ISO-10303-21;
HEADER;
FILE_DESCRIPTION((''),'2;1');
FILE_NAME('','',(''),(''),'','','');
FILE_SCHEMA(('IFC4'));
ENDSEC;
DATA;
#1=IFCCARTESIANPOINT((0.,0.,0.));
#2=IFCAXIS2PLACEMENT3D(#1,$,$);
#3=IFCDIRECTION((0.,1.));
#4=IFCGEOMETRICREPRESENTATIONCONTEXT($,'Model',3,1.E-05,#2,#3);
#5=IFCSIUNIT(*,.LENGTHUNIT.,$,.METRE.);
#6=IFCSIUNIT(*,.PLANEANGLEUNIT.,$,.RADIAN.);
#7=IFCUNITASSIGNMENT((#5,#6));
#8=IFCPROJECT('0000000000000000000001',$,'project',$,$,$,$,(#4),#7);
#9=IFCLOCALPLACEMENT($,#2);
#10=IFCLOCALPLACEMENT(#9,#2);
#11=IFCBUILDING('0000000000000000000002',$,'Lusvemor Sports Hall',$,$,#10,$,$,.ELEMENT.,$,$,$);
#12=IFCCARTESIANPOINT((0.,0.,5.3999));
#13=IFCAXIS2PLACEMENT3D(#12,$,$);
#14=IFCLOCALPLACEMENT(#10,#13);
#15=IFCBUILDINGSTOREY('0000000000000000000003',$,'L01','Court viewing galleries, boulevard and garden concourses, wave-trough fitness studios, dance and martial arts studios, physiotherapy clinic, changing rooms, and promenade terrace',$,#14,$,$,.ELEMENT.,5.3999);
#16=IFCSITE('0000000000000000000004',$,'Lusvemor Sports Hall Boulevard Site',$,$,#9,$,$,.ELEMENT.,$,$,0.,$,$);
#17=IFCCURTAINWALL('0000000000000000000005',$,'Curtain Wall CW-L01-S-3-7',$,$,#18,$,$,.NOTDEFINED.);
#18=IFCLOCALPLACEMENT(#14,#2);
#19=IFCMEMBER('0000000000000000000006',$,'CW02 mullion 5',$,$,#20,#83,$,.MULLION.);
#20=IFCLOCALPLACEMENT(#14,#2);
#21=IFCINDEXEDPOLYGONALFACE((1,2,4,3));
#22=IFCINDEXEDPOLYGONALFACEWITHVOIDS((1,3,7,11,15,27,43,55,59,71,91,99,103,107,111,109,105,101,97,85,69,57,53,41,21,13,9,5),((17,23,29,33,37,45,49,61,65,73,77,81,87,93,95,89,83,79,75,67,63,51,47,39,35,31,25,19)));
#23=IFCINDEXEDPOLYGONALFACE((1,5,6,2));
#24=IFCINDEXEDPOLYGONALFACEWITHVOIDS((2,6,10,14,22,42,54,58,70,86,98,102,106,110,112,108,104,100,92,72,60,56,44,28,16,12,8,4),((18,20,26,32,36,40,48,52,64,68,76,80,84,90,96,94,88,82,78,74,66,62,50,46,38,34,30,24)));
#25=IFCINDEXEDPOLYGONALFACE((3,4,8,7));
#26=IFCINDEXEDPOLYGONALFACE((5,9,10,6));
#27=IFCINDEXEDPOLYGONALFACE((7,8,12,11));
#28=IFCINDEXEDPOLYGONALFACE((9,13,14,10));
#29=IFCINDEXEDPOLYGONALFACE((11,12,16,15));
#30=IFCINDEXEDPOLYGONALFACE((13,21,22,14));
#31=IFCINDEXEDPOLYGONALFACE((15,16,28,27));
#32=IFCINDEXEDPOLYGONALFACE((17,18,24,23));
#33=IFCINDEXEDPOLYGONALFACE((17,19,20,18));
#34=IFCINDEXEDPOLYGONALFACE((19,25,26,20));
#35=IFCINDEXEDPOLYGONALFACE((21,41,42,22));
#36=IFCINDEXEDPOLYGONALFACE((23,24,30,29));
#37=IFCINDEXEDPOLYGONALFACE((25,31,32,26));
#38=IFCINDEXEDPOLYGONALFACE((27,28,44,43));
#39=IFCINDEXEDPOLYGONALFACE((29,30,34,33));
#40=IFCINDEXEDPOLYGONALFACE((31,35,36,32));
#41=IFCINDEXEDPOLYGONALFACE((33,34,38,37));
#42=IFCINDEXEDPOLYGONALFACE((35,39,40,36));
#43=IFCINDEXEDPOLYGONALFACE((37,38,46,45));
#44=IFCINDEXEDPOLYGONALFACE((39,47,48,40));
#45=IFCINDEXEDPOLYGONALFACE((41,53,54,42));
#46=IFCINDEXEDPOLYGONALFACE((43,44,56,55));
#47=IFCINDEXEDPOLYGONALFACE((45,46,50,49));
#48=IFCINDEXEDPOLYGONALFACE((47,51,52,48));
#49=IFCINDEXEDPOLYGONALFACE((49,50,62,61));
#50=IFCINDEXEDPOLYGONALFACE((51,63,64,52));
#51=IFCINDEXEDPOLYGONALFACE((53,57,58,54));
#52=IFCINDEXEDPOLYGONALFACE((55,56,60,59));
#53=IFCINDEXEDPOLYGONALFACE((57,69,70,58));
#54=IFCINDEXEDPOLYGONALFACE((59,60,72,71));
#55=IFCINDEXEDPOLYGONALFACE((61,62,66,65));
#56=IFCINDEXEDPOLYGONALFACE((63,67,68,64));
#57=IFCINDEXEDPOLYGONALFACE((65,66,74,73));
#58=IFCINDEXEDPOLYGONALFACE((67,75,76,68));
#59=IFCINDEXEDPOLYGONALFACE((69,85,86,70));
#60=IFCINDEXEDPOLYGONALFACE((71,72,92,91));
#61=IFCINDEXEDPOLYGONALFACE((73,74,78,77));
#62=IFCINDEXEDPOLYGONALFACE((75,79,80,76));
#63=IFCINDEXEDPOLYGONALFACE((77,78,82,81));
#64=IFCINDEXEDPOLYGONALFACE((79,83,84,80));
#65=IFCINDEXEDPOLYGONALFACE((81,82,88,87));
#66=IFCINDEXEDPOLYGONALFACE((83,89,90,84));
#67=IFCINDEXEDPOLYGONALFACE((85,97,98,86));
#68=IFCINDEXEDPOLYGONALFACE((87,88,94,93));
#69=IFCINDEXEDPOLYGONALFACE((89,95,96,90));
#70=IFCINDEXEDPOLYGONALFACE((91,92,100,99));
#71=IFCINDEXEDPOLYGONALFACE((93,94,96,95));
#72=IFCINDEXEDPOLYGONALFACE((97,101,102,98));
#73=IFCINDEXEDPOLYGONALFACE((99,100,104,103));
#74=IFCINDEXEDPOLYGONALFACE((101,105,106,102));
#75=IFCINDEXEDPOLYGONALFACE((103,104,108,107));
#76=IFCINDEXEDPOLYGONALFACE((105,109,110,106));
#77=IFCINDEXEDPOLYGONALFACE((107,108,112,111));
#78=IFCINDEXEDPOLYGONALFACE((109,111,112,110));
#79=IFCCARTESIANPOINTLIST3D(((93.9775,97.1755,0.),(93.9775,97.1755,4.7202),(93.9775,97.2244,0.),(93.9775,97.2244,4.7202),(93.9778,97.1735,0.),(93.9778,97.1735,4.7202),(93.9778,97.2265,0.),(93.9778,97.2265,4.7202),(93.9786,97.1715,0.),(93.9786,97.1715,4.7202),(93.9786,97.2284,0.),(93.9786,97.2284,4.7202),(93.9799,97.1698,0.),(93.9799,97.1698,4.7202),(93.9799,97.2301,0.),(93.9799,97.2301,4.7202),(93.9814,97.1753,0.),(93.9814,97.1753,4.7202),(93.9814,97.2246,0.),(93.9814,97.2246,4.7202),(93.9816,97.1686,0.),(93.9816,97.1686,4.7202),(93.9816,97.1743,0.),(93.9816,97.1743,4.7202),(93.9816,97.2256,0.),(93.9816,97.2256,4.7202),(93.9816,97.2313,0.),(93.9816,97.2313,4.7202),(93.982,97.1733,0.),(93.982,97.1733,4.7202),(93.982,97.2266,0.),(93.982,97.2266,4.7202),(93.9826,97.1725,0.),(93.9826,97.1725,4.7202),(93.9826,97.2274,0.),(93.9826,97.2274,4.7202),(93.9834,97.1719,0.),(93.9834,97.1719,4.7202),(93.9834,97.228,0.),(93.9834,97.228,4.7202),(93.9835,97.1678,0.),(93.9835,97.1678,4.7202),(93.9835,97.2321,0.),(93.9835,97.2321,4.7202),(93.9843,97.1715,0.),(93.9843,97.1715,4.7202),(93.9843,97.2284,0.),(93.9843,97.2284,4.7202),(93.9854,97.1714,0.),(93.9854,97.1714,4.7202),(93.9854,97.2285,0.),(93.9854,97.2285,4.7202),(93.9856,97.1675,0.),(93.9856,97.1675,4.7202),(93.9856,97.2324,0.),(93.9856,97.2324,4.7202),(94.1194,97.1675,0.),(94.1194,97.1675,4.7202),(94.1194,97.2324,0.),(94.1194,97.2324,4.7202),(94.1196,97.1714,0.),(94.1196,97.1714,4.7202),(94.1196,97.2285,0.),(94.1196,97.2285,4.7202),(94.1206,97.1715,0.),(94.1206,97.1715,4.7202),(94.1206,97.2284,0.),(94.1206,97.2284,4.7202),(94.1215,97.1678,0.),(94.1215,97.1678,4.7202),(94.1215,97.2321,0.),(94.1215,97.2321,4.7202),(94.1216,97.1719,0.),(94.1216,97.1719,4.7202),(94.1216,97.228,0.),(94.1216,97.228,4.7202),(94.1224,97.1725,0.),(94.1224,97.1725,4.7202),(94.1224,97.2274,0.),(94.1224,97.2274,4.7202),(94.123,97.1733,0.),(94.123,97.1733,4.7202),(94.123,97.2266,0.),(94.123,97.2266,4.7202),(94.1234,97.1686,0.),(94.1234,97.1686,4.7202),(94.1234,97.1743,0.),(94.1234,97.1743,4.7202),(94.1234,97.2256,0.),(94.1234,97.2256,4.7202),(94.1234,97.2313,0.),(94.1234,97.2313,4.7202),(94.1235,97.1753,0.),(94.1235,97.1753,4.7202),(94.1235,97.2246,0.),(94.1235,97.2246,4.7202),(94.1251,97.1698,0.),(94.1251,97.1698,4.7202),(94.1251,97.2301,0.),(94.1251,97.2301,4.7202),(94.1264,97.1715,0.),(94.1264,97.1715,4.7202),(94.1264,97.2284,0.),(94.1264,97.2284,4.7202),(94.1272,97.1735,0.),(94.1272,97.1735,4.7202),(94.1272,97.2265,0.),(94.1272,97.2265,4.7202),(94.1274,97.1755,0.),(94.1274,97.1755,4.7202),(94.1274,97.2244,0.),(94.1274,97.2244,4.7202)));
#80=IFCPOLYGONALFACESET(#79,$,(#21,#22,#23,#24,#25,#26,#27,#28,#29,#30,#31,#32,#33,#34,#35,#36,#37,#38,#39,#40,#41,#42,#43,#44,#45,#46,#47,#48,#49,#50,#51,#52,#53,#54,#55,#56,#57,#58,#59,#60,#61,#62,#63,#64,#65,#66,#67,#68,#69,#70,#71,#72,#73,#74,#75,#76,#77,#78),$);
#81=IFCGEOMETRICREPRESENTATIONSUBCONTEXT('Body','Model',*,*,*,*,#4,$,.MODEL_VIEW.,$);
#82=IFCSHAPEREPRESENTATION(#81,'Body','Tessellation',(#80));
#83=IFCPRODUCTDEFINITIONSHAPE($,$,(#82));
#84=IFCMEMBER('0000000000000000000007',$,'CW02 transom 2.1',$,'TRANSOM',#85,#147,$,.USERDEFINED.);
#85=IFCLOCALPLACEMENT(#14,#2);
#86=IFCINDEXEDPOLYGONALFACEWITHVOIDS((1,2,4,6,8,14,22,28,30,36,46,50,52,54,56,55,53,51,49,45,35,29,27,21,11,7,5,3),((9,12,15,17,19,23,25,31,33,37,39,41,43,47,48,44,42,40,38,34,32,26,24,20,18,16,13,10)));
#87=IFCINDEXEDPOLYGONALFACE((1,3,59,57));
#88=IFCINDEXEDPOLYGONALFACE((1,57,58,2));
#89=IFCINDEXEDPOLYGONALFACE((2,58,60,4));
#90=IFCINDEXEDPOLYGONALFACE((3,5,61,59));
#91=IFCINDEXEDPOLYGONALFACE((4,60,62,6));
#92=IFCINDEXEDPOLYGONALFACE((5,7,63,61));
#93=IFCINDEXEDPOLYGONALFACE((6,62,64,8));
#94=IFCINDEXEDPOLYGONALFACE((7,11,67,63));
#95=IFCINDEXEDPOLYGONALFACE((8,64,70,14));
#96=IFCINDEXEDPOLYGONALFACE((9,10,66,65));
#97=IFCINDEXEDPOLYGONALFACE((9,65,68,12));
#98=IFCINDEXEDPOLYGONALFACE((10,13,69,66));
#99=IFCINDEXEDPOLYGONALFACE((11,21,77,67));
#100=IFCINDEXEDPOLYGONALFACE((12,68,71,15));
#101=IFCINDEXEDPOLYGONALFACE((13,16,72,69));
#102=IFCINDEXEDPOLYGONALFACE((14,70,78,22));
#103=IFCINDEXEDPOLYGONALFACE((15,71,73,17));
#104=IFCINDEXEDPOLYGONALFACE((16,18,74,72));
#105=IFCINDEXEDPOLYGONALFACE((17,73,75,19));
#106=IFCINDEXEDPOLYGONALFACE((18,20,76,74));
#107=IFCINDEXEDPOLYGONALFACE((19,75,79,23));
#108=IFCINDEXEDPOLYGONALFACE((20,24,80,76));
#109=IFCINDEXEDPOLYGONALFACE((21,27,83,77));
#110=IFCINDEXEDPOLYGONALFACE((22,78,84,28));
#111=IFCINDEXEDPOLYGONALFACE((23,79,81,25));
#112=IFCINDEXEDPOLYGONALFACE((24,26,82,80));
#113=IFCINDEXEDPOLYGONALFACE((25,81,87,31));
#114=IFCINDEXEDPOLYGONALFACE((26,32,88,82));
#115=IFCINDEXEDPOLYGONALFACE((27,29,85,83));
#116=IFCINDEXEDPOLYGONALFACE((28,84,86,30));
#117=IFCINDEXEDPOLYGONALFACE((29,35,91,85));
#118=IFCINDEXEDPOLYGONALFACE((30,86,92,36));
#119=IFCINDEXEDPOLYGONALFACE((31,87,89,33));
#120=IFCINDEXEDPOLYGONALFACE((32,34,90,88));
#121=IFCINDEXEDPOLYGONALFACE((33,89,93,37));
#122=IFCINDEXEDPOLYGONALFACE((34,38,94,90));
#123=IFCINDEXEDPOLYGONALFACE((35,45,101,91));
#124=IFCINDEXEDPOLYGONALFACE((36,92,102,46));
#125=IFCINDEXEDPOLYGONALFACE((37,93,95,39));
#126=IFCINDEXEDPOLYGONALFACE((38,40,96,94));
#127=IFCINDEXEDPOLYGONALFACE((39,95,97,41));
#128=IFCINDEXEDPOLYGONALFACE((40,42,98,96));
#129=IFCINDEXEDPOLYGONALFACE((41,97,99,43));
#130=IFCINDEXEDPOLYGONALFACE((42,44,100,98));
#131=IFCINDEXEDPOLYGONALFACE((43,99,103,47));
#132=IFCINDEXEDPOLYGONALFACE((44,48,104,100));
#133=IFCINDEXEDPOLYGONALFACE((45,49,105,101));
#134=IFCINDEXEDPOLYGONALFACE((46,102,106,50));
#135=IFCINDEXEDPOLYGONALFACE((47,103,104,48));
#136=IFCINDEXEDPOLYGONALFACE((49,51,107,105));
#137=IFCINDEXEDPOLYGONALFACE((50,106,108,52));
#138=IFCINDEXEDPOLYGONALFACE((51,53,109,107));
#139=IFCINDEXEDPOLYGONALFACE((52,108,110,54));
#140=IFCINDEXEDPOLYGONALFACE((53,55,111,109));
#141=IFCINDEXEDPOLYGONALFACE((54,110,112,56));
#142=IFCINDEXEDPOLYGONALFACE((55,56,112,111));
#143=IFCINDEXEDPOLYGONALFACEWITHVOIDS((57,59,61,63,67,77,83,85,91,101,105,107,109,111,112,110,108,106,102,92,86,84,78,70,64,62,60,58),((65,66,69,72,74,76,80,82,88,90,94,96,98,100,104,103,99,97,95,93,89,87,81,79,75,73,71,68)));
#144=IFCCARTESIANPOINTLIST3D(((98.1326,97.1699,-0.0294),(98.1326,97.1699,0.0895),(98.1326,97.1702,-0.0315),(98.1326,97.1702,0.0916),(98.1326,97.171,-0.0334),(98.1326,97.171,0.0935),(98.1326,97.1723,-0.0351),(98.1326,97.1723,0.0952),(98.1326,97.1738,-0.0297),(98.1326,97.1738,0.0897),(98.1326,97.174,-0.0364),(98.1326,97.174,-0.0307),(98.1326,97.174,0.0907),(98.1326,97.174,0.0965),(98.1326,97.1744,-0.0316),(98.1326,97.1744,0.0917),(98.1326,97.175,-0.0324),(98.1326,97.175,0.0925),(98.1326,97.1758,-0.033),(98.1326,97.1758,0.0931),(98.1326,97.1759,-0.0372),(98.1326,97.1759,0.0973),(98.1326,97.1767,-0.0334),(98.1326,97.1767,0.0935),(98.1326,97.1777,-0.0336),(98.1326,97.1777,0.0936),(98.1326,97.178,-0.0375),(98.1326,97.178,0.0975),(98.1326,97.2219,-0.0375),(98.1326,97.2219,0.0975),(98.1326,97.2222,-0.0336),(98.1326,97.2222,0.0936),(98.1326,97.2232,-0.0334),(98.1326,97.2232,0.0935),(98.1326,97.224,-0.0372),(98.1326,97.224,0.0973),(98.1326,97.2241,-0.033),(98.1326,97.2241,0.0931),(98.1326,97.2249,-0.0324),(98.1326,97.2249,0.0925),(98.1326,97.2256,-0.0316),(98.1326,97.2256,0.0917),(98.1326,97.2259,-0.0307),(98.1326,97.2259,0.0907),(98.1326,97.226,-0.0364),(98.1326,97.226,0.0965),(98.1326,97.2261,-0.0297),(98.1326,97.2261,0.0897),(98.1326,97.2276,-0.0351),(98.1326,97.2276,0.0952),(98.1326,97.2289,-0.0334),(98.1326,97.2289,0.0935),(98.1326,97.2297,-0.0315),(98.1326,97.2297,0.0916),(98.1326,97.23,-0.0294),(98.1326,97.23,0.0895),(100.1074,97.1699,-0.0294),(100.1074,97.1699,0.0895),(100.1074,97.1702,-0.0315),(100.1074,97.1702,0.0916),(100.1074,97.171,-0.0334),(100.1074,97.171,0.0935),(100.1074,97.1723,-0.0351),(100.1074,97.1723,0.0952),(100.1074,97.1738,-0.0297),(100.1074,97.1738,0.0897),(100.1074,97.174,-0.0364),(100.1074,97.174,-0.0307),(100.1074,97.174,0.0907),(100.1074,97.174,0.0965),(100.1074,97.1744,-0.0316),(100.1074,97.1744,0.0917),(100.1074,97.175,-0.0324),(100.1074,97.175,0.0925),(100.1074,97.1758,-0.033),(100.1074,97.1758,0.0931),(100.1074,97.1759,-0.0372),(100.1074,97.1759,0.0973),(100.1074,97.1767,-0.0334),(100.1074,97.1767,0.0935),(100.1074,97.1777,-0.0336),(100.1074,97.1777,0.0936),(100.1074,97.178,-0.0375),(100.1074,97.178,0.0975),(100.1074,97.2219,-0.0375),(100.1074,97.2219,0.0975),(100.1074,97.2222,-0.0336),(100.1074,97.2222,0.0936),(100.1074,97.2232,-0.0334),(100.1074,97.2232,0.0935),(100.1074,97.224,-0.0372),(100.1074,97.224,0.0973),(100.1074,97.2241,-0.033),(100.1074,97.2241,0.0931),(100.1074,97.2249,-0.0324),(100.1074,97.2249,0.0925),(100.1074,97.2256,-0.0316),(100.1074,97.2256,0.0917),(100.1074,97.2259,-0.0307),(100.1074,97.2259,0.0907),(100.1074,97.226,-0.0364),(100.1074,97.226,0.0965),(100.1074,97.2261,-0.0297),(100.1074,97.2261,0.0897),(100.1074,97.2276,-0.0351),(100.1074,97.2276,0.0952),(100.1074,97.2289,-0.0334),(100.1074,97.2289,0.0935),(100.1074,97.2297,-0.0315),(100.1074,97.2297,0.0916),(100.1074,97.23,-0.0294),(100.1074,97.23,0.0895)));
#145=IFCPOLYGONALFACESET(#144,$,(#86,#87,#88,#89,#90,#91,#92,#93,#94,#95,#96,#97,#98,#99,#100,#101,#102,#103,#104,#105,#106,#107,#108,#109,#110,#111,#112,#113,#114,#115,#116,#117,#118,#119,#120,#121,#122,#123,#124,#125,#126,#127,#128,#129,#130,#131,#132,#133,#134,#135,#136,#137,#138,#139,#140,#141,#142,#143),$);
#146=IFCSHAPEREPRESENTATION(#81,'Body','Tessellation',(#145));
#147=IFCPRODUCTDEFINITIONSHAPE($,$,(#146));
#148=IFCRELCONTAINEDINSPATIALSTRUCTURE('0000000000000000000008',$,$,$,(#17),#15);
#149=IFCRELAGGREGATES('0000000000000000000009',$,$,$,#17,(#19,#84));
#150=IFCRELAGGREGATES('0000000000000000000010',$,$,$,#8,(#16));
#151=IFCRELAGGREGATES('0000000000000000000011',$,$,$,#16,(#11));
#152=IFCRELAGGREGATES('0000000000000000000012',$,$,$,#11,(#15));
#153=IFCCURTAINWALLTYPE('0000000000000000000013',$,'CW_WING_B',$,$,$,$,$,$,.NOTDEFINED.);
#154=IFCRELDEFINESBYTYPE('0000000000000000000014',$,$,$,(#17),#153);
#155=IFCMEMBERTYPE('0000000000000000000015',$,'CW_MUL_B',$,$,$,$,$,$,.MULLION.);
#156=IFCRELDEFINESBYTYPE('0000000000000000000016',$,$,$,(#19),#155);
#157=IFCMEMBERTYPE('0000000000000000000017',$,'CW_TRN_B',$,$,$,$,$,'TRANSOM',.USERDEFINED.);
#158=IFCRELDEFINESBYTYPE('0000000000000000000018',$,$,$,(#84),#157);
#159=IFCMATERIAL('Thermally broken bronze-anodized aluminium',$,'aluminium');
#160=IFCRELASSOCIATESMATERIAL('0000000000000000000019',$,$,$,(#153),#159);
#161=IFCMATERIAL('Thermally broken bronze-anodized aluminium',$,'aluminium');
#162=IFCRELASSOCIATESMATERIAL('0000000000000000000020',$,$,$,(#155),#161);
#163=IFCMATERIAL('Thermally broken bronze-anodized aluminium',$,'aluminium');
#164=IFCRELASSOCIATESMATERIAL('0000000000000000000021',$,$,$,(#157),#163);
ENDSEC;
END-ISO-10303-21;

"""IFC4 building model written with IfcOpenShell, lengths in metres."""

from ifc_helpers import new_model, si_unit, direction, frame, origin, origin_2d, place, context, subcontext, project, spatial, hollow_rectangle, extrude, material, material_profile, profile_set, type_object, element, aggregate, save


model = new_model("IFC4")

# Units and contexts
model_context = context("Model", 3, precision=1e-05, world=origin(), true_north=direction((0.0, 1.0)))
body_context = subcontext(model_context, "Body", "Model", "MODEL_VIEW")
ifc_project = project(units=[si_unit("LENGTHUNIT", "METRE"), si_unit("PLANEANGLEUNIT", "RADIAN")], contexts=[model_context])

# Site, building, storey
site_placement = place(None, origin())
site = spatial("IfcSite", under=ifc_project, at=site_placement, Name="Lusvemor Sports Hall Boulevard Site", CompositionType="ELEMENT", RefElevation=0.0)
building_placement = place(site_placement, origin())
building = spatial("IfcBuilding", under=site, at=building_placement, Name="Lusvemor Sports Hall", CompositionType="ELEMENT")
storey_placement = place(building_placement, frame((0.0, 0.0, 5.3999)))
storey = spatial("IfcBuildingStorey", under=building, at=storey_placement, Name="L01", Description="Court viewing galleries, boulevard and garden concourses, wave-trough fitness studios, dance and martial arts studios, physiotherapy clinic, changing rooms, and promenade terrace", CompositionType="ELEMENT", Elevation=5.3999)

# Curtain wall, members
ifc_material_1 = material(Name="Thermally broken bronze-anodized aluminium", Category="aluminium")
curtain_wall_type = type_object("IfcCurtainWallType", Name="CW_WING_B", PredefinedType="NOTDEFINED", material=ifc_material_1)
curtain_wall_placement = place(storey_placement, origin())
curtain_wall = element("IfcCurtainWall", 1, at=curtain_wall_placement, inside=storey, type_object=curtain_wall_type, Name="Curtain Wall CW-L01-S-3-7", PredefinedType="NOTDEFINED")
ifc_material_2 = material(Name="Thermally broken bronze-anodized aluminium", Category="aluminium")
ifc_material_profile_1 = material_profile(ifc_material_2, hollow_rectangle(XDim=0.0649, YDim=0.1499, WallThickness=0.0039, InnerFilletRadius=0.0039, OuterFilletRadius=0.0081, at=origin_2d()), Name="CWMUL150x65x4")
ifc_profile_set_1 = profile_set([ifc_material_profile_1], Name="Thermally broken bronze-anodized aluminium")
member_type_1 = type_object("IfcMemberType", Name="CW_MUL_B", PredefinedType="MULLION", material=ifc_profile_set_1)
member_1_placement = place(storey_placement, frame((94.0525, 97.2, 0.0), z_axis=(0.0, 0.0, 1.0), x_axis=(0.0, -1.0, 0.0)))
member_1 = element("IfcMember", 2, at=member_1_placement, type_object=member_type_1, Name="CW02 mullion 5", PredefinedType="MULLION", context=body_context, shape_type="SweptSolid", body=[
    extrude(hollow_rectangle(XDim=0.0649, YDim=0.1499, WallThickness=0.0039, InnerFilletRadius=0.0039, OuterFilletRadius=0.0081, at=origin_2d()), origin(), (0.0, 0.0, 1.0), 4.7202),
])
ifc_material_3 = material(Name="Thermally broken bronze-anodized aluminium", Category="aluminium")
ifc_material_profile_2 = material_profile(ifc_material_3, hollow_rectangle(XDim=0.0601, YDim=0.135, WallThickness=0.0039, InnerFilletRadius=0.0039, OuterFilletRadius=0.0081, at=origin_2d()), Name="CWTRN135x60x4")
ifc_profile_set_2 = profile_set([ifc_material_profile_2], Name="Thermally broken bronze-anodized aluminium")
member_type_2 = type_object("IfcMemberType", Name="CW_TRN_B", ElementType="TRANSOM", PredefinedType="USERDEFINED", material=ifc_profile_set_2)
member_2_placement = place(storey_placement, frame((100.1074, 97.2, 0.03), z_axis=(-1.0, 0.0, 0.0), x_axis=(0.0, -1.0, 0.0)))
member_2 = element("IfcMember", 3, at=member_2_placement, type_object=member_type_2, Name="CW02 transom 2.1", ObjectType="TRANSOM", PredefinedType="USERDEFINED", context=body_context, shape_type="SweptSolid", body=[
    extrude(hollow_rectangle(XDim=0.0601, YDim=0.135, WallThickness=0.0039, InnerFilletRadius=0.0039, OuterFilletRadius=0.0081, at=origin_2d()), origin(), (0.0, 0.0, 1.0), 1.9749),
])

aggregate(curtain_wall, [member_1, member_2])

save(model, "model.ifc")
